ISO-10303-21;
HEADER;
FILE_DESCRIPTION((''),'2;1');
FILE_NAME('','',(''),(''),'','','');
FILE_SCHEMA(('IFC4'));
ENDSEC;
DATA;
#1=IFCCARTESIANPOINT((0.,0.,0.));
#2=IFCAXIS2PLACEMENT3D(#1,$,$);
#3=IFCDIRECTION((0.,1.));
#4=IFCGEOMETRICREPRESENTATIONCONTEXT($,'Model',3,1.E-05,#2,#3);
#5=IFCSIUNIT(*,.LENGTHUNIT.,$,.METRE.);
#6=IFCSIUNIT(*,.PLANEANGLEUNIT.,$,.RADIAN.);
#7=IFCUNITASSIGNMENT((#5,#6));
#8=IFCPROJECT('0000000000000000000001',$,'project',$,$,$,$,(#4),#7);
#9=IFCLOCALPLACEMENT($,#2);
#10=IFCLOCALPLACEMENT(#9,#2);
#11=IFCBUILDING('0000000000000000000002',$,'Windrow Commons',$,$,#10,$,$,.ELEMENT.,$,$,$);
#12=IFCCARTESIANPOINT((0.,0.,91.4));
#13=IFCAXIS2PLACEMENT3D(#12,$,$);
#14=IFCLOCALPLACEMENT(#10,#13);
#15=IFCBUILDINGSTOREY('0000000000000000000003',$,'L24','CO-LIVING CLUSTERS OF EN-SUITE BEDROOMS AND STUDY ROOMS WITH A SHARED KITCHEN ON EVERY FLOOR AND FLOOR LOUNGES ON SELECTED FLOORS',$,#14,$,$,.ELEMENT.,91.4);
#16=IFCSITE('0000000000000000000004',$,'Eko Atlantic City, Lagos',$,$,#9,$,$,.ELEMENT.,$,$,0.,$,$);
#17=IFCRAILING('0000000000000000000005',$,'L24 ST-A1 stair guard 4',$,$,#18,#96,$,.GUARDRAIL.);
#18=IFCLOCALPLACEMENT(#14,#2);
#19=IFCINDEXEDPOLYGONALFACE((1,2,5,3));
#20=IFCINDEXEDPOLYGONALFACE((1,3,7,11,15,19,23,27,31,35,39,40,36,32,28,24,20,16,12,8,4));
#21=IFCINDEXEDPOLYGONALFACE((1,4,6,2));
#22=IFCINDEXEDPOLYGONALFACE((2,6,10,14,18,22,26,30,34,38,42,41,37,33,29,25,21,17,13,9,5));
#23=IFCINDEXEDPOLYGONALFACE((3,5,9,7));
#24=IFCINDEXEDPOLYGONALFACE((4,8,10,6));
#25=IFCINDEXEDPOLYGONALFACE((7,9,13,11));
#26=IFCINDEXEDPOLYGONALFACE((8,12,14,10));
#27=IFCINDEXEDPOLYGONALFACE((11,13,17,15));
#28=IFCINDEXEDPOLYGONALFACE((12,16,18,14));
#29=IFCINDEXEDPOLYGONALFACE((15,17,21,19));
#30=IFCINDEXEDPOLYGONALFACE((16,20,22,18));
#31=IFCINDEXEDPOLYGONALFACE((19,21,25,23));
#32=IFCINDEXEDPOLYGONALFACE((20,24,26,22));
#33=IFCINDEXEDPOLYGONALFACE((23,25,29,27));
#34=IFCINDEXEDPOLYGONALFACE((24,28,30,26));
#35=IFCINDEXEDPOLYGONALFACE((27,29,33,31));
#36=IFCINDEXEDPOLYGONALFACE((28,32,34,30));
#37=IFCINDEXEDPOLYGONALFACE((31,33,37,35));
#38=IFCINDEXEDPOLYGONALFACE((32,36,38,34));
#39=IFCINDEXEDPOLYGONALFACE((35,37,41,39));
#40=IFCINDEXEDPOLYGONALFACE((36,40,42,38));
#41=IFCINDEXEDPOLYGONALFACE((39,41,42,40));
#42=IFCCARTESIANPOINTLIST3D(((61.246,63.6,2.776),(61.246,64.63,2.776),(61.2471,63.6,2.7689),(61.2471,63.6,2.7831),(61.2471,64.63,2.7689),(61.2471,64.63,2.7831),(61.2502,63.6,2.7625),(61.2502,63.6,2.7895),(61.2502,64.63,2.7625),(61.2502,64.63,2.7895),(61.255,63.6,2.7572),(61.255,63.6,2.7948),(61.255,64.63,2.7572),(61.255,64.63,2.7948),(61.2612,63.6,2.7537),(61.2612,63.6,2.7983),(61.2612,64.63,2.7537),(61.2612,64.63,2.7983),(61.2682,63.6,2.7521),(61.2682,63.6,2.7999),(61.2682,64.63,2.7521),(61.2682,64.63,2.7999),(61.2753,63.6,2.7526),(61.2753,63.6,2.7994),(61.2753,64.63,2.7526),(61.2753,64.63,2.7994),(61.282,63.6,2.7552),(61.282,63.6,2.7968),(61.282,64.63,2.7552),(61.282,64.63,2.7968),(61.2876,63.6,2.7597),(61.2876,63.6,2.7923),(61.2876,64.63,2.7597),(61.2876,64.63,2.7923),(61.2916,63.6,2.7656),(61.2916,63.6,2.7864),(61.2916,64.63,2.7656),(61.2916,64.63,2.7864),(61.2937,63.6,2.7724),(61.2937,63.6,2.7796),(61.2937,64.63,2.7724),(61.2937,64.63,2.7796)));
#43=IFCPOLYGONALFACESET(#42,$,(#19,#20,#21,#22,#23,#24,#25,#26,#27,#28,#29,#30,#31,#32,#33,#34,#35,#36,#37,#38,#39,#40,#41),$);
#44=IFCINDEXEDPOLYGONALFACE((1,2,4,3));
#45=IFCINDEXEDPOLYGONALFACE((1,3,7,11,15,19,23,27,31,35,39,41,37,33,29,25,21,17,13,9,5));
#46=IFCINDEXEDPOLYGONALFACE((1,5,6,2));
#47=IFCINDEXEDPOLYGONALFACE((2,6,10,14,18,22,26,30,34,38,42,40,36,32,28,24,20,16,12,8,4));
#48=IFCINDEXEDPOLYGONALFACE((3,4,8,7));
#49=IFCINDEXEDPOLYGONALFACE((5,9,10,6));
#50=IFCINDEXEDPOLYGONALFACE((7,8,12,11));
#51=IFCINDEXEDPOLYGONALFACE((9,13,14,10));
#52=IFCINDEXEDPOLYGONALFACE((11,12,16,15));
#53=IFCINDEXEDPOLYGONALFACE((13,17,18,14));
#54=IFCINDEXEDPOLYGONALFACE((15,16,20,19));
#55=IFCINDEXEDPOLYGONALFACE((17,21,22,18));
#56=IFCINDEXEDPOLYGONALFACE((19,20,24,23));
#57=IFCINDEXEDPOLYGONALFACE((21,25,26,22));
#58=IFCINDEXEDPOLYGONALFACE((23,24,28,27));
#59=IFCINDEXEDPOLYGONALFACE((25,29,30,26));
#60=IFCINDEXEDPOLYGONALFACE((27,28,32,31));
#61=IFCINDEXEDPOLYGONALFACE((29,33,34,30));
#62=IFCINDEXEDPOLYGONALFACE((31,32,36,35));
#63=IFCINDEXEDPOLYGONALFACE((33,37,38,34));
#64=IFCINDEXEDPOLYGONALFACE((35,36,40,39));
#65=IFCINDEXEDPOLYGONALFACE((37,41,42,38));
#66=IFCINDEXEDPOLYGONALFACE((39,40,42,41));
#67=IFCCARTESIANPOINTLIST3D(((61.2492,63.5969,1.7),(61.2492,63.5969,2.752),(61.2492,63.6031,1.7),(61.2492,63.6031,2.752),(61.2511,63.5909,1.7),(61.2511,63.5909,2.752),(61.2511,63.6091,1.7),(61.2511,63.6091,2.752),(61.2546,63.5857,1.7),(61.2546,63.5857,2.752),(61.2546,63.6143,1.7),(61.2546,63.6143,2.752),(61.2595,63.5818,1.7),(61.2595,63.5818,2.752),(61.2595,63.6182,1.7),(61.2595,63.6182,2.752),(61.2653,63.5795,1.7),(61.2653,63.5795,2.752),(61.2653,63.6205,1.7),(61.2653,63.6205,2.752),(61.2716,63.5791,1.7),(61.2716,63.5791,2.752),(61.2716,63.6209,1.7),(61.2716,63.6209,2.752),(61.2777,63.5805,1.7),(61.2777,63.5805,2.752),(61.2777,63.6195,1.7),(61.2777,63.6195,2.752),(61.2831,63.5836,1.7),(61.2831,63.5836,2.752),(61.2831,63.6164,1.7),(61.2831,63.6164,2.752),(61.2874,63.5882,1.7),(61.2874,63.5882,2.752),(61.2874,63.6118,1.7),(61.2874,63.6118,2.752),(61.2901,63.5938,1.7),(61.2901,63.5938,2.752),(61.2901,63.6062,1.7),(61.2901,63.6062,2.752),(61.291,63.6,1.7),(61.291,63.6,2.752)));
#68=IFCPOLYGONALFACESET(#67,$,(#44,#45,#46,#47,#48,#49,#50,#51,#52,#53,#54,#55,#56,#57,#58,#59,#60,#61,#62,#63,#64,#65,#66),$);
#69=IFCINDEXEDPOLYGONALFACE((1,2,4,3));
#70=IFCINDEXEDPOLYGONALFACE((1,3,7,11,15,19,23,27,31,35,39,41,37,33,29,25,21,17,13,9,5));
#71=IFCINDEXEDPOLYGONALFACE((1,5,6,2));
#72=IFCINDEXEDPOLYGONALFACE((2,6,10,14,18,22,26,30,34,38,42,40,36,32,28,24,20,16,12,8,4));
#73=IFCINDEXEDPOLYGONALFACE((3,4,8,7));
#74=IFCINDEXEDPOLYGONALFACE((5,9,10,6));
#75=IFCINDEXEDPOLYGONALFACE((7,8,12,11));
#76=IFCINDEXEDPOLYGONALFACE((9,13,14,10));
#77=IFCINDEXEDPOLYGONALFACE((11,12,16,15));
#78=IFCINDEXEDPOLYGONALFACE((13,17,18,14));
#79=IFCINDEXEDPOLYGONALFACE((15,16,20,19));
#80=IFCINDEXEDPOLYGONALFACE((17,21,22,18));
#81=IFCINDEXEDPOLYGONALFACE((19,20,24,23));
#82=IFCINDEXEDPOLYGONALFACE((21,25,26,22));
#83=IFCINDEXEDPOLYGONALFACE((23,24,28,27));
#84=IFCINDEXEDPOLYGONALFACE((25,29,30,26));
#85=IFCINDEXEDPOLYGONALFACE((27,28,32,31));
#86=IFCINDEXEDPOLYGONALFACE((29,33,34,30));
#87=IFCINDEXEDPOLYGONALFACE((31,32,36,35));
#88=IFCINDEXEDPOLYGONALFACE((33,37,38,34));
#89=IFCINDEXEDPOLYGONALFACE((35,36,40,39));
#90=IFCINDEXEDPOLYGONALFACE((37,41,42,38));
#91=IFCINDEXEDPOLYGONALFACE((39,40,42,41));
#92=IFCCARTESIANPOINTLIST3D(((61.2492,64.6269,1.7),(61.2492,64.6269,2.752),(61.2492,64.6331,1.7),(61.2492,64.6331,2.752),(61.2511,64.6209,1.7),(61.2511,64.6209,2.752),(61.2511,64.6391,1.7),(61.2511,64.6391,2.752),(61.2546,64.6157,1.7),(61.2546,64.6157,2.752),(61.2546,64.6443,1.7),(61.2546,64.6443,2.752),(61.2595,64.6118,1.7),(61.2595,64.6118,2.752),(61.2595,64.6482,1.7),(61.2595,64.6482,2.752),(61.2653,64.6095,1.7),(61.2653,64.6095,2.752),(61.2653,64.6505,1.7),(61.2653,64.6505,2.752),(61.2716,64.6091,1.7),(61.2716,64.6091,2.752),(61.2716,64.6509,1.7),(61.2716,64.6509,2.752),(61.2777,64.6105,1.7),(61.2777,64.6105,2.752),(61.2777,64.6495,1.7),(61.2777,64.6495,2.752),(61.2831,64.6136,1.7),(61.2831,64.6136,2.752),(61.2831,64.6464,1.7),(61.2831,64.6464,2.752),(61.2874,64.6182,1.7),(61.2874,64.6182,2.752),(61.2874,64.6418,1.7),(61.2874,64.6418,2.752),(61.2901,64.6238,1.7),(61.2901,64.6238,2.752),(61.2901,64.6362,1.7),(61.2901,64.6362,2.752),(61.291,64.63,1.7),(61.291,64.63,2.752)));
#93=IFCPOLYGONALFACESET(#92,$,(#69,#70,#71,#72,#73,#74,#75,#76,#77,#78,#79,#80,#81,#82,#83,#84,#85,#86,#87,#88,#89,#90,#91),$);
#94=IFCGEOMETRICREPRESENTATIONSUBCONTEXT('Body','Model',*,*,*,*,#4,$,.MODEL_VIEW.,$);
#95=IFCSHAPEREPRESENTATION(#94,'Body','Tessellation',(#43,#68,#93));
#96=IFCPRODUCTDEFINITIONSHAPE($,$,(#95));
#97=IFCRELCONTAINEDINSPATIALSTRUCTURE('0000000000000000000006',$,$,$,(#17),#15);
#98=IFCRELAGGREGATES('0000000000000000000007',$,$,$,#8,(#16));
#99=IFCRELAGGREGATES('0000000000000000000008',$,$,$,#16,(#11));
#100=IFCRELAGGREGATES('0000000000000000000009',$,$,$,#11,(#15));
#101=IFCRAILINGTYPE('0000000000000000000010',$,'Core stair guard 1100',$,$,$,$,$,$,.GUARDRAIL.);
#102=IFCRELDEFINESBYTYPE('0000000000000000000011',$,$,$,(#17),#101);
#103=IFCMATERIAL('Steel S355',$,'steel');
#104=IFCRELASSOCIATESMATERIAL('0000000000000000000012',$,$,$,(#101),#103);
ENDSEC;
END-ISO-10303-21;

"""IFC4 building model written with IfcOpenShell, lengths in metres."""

from ifc_helpers import new_model, si_unit, direction, frame, origin, origin_2d, place, context, subcontext, project, spatial, circle, extrude, material, type_object, element, save


model = new_model("IFC4")

# Units and contexts
model_context = context("Model", 3, precision=1e-05, world=origin(), true_north=direction((0.0, 1.0)))
body_context = subcontext(model_context, "Body", "Model", "MODEL_VIEW")
ifc_project = project(units=[si_unit("LENGTHUNIT", "METRE"), si_unit("PLANEANGLEUNIT", "RADIAN")], contexts=[model_context])

# Site, building, storey
site_placement = place(None, origin())
site = spatial("IfcSite", under=ifc_project, at=site_placement, Name="Eko Atlantic City, Lagos", CompositionType="ELEMENT", RefElevation=0.0)
building_placement = place(site_placement, origin())
building = spatial("IfcBuilding", under=site, at=building_placement, Name="Windrow Commons", CompositionType="ELEMENT")
storey_placement = place(building_placement, frame((0.0, 0.0, 91.4)))
storey = spatial("IfcBuildingStorey", under=building, at=storey_placement, Name="L24", Description="CO-LIVING CLUSTERS OF EN-SUITE BEDROOMS AND STUDY ROOMS WITH A SHARED KITCHEN ON EVERY FLOOR AND FLOOR LOUNGES ON SELECTED FLOORS", CompositionType="ELEMENT", Elevation=91.4)

# Railing
ifc_material_1 = material(Name="Steel S355", Category="steel")
railing_type_1 = type_object("IfcRailingType", Name="Core stair guard 1100", PredefinedType="GUARDRAIL", material=ifc_material_1)
for number, where, name in (
    (1, (61.27, 63.6, 1.7), "L24 ST-A1 stair guard 4"),
):
    element("IfcRailing", number, at=place(storey_placement, frame(where)), inside=storey, type_object=railing_type_1, Name=name, PredefinedType="GUARDRAIL", context=body_context, shape_type="SweptSolid", body=[
        extrude(circle(Radius=0.024, at=origin_2d()), frame((0.0, 0.0, 1.076), z_axis=(0.0, 1.0, 0.0), x_axis=(-1.0, 0.0, 0.0)), (0.0, 0.0, 1.0), 1.03),
        extrude(circle(Radius=0.021, at=origin_2d()), origin(), (0.0, 0.0, 1.0), 1.052),
        extrude(circle(Radius=0.021, at=origin_2d()), frame((0.0, 1.03, 0.0)), (0.0, 0.0, 1.0), 1.052),
    ])

save(model, "model.ifc")
